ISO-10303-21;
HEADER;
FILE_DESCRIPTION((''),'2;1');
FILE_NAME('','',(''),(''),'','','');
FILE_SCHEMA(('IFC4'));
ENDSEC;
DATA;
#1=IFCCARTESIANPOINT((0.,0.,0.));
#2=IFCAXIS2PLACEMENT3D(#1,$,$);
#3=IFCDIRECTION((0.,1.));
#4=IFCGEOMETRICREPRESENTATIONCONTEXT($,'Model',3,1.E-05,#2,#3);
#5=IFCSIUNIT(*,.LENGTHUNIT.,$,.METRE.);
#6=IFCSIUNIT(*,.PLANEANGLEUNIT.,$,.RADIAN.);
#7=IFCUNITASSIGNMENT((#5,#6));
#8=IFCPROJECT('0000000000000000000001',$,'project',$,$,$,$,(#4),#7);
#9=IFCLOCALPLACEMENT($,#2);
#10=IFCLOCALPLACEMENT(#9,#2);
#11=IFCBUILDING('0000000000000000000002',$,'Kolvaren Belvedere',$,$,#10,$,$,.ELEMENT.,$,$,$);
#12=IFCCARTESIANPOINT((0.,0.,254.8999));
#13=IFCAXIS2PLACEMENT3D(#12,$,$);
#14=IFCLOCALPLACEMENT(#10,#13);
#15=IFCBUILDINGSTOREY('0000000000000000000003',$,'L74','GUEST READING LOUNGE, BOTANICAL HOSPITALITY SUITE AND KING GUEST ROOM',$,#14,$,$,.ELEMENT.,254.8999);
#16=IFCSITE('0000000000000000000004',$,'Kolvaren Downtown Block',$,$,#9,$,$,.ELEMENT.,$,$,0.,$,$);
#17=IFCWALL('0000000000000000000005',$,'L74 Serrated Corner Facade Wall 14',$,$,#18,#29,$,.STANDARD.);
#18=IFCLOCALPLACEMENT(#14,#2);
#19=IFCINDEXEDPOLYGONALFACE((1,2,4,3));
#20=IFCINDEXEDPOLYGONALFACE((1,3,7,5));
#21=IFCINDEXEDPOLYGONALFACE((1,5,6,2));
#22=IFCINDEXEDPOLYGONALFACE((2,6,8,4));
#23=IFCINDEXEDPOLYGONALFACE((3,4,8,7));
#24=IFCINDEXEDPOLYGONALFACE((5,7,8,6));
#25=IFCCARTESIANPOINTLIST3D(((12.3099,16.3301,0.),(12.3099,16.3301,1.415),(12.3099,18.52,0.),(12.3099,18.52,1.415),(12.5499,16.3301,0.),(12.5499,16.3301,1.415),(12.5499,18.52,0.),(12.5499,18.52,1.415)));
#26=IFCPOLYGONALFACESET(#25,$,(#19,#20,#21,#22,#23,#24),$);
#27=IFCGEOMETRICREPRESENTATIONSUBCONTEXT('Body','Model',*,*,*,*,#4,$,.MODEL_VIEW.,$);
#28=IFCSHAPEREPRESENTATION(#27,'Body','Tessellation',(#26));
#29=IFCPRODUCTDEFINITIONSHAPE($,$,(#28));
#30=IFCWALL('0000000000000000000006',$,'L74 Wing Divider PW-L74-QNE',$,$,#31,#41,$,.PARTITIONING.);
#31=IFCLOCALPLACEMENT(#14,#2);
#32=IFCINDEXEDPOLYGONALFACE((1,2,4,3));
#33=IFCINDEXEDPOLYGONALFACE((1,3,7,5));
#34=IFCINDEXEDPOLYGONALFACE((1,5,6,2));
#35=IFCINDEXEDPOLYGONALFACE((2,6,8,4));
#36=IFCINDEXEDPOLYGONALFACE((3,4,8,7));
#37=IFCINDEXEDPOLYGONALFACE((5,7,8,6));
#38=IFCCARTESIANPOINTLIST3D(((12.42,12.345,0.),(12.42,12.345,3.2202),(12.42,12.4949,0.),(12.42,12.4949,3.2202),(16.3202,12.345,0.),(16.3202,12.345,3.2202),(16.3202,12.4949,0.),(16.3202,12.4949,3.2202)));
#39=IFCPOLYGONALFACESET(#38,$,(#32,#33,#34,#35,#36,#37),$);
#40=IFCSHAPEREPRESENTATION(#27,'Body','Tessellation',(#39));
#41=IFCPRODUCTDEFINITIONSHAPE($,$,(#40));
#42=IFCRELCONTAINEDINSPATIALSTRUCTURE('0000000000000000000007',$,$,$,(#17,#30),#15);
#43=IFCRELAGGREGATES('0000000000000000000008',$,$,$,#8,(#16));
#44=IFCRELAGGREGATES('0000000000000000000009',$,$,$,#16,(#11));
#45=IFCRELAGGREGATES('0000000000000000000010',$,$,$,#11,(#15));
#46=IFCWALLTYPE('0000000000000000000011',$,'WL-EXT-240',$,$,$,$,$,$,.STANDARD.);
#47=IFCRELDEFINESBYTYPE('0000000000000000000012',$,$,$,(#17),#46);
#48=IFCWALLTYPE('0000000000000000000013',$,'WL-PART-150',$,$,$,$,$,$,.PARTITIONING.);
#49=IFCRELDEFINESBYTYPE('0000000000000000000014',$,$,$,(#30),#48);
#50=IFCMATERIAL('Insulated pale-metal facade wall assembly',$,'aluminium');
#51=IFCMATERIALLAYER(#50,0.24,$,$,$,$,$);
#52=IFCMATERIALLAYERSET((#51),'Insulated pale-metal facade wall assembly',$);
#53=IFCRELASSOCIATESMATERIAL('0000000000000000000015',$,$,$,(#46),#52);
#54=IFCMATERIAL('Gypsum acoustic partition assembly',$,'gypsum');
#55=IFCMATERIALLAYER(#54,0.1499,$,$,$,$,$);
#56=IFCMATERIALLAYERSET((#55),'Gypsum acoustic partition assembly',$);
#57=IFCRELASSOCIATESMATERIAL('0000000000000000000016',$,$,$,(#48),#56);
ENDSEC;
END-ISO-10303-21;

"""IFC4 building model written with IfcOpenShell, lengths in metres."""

from ifc_helpers import new_model, si_unit, direction, frame, frame_2d, origin, place, context, subcontext, project, spatial, rectangle, extrude, material, layer, layer_set, type_object, element, save


model = new_model("IFC4")

# Units and contexts
model_context = context("Model", 3, precision=1e-05, world=origin(), true_north=direction((0.0, 1.0)))
body_context = subcontext(model_context, "Body", "Model", "MODEL_VIEW")
ifc_project = project(units=[si_unit("LENGTHUNIT", "METRE"), si_unit("PLANEANGLEUNIT", "RADIAN")], contexts=[model_context])

# Site, building, storey
site_placement = place(None, origin())
site = spatial("IfcSite", under=ifc_project, at=site_placement, Name="Kolvaren Downtown Block", CompositionType="ELEMENT", RefElevation=0.0)
building_placement = place(site_placement, origin())
building = spatial("IfcBuilding", under=site, at=building_placement, Name="Kolvaren Belvedere", CompositionType="ELEMENT")
storey_placement = place(building_placement, frame((0.0, 0.0, 254.8999)))
storey = spatial("IfcBuildingStorey", under=building, at=storey_placement, Name="L74", Description="GUEST READING LOUNGE, BOTANICAL HOSPITALITY SUITE AND KING GUEST ROOM", CompositionType="ELEMENT", Elevation=254.8999)

# Walls
ifc_material_1 = material(Name="Insulated pale-metal facade wall assembly", Category="aluminium")
ifc_layer_1 = layer(ifc_material_1, 0.24)
ifc_layer_set_1 = layer_set([ifc_layer_1], Name="Insulated pale-metal facade wall assembly")
wall_type_1 = type_object("IfcWallType", Name="WL-EXT-240", PredefinedType="STANDARD", material=ifc_layer_set_1)
wall_1_placement = place(storey_placement, frame((12.4299, 18.52, 0.0), z_axis=(0.0, 0.0, 1.0), x_axis=(0.0, -1.0, 0.0)))
element("IfcWall", 1, at=wall_1_placement, inside=storey, type_object=wall_type_1, Name="L74 Serrated Corner Facade Wall 14", PredefinedType="STANDARD", context=body_context, shape_type="SweptSolid", body=[
    extrude(rectangle(XDim=2.1899, YDim=0.24, at=frame_2d((1.095, 0.0))), origin(), (0.0, 0.0, 1.0), 1.415),
])
ifc_material_2 = material(Name="Gypsum acoustic partition assembly", Category="gypsum")
ifc_layer_2 = layer(ifc_material_2, 0.1499)
ifc_layer_set_2 = layer_set([ifc_layer_2], Name="Gypsum acoustic partition assembly")
wall_type_2 = type_object("IfcWallType", Name="WL-PART-150", PredefinedType="PARTITIONING", material=ifc_layer_set_2)
wall_2_placement = place(storey_placement, frame((12.4199, 12.4199, 0.0), z_axis=(0.0, 0.0, 1.0), x_axis=(1.0, 0.0, 0.0)))
element("IfcWall", 2, at=wall_2_placement, inside=storey, type_object=wall_type_2, Name="L74 Wing Divider PW-L74-QNE", PredefinedType="PARTITIONING", context=body_context, shape_type="SweptSolid", body=[
    extrude(rectangle(XDim=3.9001, YDim=0.1499, at=frame_2d((1.9502, 0.0))), origin(), (0.0, 0.0, 1.0), 3.2202),
])

save(model, "model.ifc")
